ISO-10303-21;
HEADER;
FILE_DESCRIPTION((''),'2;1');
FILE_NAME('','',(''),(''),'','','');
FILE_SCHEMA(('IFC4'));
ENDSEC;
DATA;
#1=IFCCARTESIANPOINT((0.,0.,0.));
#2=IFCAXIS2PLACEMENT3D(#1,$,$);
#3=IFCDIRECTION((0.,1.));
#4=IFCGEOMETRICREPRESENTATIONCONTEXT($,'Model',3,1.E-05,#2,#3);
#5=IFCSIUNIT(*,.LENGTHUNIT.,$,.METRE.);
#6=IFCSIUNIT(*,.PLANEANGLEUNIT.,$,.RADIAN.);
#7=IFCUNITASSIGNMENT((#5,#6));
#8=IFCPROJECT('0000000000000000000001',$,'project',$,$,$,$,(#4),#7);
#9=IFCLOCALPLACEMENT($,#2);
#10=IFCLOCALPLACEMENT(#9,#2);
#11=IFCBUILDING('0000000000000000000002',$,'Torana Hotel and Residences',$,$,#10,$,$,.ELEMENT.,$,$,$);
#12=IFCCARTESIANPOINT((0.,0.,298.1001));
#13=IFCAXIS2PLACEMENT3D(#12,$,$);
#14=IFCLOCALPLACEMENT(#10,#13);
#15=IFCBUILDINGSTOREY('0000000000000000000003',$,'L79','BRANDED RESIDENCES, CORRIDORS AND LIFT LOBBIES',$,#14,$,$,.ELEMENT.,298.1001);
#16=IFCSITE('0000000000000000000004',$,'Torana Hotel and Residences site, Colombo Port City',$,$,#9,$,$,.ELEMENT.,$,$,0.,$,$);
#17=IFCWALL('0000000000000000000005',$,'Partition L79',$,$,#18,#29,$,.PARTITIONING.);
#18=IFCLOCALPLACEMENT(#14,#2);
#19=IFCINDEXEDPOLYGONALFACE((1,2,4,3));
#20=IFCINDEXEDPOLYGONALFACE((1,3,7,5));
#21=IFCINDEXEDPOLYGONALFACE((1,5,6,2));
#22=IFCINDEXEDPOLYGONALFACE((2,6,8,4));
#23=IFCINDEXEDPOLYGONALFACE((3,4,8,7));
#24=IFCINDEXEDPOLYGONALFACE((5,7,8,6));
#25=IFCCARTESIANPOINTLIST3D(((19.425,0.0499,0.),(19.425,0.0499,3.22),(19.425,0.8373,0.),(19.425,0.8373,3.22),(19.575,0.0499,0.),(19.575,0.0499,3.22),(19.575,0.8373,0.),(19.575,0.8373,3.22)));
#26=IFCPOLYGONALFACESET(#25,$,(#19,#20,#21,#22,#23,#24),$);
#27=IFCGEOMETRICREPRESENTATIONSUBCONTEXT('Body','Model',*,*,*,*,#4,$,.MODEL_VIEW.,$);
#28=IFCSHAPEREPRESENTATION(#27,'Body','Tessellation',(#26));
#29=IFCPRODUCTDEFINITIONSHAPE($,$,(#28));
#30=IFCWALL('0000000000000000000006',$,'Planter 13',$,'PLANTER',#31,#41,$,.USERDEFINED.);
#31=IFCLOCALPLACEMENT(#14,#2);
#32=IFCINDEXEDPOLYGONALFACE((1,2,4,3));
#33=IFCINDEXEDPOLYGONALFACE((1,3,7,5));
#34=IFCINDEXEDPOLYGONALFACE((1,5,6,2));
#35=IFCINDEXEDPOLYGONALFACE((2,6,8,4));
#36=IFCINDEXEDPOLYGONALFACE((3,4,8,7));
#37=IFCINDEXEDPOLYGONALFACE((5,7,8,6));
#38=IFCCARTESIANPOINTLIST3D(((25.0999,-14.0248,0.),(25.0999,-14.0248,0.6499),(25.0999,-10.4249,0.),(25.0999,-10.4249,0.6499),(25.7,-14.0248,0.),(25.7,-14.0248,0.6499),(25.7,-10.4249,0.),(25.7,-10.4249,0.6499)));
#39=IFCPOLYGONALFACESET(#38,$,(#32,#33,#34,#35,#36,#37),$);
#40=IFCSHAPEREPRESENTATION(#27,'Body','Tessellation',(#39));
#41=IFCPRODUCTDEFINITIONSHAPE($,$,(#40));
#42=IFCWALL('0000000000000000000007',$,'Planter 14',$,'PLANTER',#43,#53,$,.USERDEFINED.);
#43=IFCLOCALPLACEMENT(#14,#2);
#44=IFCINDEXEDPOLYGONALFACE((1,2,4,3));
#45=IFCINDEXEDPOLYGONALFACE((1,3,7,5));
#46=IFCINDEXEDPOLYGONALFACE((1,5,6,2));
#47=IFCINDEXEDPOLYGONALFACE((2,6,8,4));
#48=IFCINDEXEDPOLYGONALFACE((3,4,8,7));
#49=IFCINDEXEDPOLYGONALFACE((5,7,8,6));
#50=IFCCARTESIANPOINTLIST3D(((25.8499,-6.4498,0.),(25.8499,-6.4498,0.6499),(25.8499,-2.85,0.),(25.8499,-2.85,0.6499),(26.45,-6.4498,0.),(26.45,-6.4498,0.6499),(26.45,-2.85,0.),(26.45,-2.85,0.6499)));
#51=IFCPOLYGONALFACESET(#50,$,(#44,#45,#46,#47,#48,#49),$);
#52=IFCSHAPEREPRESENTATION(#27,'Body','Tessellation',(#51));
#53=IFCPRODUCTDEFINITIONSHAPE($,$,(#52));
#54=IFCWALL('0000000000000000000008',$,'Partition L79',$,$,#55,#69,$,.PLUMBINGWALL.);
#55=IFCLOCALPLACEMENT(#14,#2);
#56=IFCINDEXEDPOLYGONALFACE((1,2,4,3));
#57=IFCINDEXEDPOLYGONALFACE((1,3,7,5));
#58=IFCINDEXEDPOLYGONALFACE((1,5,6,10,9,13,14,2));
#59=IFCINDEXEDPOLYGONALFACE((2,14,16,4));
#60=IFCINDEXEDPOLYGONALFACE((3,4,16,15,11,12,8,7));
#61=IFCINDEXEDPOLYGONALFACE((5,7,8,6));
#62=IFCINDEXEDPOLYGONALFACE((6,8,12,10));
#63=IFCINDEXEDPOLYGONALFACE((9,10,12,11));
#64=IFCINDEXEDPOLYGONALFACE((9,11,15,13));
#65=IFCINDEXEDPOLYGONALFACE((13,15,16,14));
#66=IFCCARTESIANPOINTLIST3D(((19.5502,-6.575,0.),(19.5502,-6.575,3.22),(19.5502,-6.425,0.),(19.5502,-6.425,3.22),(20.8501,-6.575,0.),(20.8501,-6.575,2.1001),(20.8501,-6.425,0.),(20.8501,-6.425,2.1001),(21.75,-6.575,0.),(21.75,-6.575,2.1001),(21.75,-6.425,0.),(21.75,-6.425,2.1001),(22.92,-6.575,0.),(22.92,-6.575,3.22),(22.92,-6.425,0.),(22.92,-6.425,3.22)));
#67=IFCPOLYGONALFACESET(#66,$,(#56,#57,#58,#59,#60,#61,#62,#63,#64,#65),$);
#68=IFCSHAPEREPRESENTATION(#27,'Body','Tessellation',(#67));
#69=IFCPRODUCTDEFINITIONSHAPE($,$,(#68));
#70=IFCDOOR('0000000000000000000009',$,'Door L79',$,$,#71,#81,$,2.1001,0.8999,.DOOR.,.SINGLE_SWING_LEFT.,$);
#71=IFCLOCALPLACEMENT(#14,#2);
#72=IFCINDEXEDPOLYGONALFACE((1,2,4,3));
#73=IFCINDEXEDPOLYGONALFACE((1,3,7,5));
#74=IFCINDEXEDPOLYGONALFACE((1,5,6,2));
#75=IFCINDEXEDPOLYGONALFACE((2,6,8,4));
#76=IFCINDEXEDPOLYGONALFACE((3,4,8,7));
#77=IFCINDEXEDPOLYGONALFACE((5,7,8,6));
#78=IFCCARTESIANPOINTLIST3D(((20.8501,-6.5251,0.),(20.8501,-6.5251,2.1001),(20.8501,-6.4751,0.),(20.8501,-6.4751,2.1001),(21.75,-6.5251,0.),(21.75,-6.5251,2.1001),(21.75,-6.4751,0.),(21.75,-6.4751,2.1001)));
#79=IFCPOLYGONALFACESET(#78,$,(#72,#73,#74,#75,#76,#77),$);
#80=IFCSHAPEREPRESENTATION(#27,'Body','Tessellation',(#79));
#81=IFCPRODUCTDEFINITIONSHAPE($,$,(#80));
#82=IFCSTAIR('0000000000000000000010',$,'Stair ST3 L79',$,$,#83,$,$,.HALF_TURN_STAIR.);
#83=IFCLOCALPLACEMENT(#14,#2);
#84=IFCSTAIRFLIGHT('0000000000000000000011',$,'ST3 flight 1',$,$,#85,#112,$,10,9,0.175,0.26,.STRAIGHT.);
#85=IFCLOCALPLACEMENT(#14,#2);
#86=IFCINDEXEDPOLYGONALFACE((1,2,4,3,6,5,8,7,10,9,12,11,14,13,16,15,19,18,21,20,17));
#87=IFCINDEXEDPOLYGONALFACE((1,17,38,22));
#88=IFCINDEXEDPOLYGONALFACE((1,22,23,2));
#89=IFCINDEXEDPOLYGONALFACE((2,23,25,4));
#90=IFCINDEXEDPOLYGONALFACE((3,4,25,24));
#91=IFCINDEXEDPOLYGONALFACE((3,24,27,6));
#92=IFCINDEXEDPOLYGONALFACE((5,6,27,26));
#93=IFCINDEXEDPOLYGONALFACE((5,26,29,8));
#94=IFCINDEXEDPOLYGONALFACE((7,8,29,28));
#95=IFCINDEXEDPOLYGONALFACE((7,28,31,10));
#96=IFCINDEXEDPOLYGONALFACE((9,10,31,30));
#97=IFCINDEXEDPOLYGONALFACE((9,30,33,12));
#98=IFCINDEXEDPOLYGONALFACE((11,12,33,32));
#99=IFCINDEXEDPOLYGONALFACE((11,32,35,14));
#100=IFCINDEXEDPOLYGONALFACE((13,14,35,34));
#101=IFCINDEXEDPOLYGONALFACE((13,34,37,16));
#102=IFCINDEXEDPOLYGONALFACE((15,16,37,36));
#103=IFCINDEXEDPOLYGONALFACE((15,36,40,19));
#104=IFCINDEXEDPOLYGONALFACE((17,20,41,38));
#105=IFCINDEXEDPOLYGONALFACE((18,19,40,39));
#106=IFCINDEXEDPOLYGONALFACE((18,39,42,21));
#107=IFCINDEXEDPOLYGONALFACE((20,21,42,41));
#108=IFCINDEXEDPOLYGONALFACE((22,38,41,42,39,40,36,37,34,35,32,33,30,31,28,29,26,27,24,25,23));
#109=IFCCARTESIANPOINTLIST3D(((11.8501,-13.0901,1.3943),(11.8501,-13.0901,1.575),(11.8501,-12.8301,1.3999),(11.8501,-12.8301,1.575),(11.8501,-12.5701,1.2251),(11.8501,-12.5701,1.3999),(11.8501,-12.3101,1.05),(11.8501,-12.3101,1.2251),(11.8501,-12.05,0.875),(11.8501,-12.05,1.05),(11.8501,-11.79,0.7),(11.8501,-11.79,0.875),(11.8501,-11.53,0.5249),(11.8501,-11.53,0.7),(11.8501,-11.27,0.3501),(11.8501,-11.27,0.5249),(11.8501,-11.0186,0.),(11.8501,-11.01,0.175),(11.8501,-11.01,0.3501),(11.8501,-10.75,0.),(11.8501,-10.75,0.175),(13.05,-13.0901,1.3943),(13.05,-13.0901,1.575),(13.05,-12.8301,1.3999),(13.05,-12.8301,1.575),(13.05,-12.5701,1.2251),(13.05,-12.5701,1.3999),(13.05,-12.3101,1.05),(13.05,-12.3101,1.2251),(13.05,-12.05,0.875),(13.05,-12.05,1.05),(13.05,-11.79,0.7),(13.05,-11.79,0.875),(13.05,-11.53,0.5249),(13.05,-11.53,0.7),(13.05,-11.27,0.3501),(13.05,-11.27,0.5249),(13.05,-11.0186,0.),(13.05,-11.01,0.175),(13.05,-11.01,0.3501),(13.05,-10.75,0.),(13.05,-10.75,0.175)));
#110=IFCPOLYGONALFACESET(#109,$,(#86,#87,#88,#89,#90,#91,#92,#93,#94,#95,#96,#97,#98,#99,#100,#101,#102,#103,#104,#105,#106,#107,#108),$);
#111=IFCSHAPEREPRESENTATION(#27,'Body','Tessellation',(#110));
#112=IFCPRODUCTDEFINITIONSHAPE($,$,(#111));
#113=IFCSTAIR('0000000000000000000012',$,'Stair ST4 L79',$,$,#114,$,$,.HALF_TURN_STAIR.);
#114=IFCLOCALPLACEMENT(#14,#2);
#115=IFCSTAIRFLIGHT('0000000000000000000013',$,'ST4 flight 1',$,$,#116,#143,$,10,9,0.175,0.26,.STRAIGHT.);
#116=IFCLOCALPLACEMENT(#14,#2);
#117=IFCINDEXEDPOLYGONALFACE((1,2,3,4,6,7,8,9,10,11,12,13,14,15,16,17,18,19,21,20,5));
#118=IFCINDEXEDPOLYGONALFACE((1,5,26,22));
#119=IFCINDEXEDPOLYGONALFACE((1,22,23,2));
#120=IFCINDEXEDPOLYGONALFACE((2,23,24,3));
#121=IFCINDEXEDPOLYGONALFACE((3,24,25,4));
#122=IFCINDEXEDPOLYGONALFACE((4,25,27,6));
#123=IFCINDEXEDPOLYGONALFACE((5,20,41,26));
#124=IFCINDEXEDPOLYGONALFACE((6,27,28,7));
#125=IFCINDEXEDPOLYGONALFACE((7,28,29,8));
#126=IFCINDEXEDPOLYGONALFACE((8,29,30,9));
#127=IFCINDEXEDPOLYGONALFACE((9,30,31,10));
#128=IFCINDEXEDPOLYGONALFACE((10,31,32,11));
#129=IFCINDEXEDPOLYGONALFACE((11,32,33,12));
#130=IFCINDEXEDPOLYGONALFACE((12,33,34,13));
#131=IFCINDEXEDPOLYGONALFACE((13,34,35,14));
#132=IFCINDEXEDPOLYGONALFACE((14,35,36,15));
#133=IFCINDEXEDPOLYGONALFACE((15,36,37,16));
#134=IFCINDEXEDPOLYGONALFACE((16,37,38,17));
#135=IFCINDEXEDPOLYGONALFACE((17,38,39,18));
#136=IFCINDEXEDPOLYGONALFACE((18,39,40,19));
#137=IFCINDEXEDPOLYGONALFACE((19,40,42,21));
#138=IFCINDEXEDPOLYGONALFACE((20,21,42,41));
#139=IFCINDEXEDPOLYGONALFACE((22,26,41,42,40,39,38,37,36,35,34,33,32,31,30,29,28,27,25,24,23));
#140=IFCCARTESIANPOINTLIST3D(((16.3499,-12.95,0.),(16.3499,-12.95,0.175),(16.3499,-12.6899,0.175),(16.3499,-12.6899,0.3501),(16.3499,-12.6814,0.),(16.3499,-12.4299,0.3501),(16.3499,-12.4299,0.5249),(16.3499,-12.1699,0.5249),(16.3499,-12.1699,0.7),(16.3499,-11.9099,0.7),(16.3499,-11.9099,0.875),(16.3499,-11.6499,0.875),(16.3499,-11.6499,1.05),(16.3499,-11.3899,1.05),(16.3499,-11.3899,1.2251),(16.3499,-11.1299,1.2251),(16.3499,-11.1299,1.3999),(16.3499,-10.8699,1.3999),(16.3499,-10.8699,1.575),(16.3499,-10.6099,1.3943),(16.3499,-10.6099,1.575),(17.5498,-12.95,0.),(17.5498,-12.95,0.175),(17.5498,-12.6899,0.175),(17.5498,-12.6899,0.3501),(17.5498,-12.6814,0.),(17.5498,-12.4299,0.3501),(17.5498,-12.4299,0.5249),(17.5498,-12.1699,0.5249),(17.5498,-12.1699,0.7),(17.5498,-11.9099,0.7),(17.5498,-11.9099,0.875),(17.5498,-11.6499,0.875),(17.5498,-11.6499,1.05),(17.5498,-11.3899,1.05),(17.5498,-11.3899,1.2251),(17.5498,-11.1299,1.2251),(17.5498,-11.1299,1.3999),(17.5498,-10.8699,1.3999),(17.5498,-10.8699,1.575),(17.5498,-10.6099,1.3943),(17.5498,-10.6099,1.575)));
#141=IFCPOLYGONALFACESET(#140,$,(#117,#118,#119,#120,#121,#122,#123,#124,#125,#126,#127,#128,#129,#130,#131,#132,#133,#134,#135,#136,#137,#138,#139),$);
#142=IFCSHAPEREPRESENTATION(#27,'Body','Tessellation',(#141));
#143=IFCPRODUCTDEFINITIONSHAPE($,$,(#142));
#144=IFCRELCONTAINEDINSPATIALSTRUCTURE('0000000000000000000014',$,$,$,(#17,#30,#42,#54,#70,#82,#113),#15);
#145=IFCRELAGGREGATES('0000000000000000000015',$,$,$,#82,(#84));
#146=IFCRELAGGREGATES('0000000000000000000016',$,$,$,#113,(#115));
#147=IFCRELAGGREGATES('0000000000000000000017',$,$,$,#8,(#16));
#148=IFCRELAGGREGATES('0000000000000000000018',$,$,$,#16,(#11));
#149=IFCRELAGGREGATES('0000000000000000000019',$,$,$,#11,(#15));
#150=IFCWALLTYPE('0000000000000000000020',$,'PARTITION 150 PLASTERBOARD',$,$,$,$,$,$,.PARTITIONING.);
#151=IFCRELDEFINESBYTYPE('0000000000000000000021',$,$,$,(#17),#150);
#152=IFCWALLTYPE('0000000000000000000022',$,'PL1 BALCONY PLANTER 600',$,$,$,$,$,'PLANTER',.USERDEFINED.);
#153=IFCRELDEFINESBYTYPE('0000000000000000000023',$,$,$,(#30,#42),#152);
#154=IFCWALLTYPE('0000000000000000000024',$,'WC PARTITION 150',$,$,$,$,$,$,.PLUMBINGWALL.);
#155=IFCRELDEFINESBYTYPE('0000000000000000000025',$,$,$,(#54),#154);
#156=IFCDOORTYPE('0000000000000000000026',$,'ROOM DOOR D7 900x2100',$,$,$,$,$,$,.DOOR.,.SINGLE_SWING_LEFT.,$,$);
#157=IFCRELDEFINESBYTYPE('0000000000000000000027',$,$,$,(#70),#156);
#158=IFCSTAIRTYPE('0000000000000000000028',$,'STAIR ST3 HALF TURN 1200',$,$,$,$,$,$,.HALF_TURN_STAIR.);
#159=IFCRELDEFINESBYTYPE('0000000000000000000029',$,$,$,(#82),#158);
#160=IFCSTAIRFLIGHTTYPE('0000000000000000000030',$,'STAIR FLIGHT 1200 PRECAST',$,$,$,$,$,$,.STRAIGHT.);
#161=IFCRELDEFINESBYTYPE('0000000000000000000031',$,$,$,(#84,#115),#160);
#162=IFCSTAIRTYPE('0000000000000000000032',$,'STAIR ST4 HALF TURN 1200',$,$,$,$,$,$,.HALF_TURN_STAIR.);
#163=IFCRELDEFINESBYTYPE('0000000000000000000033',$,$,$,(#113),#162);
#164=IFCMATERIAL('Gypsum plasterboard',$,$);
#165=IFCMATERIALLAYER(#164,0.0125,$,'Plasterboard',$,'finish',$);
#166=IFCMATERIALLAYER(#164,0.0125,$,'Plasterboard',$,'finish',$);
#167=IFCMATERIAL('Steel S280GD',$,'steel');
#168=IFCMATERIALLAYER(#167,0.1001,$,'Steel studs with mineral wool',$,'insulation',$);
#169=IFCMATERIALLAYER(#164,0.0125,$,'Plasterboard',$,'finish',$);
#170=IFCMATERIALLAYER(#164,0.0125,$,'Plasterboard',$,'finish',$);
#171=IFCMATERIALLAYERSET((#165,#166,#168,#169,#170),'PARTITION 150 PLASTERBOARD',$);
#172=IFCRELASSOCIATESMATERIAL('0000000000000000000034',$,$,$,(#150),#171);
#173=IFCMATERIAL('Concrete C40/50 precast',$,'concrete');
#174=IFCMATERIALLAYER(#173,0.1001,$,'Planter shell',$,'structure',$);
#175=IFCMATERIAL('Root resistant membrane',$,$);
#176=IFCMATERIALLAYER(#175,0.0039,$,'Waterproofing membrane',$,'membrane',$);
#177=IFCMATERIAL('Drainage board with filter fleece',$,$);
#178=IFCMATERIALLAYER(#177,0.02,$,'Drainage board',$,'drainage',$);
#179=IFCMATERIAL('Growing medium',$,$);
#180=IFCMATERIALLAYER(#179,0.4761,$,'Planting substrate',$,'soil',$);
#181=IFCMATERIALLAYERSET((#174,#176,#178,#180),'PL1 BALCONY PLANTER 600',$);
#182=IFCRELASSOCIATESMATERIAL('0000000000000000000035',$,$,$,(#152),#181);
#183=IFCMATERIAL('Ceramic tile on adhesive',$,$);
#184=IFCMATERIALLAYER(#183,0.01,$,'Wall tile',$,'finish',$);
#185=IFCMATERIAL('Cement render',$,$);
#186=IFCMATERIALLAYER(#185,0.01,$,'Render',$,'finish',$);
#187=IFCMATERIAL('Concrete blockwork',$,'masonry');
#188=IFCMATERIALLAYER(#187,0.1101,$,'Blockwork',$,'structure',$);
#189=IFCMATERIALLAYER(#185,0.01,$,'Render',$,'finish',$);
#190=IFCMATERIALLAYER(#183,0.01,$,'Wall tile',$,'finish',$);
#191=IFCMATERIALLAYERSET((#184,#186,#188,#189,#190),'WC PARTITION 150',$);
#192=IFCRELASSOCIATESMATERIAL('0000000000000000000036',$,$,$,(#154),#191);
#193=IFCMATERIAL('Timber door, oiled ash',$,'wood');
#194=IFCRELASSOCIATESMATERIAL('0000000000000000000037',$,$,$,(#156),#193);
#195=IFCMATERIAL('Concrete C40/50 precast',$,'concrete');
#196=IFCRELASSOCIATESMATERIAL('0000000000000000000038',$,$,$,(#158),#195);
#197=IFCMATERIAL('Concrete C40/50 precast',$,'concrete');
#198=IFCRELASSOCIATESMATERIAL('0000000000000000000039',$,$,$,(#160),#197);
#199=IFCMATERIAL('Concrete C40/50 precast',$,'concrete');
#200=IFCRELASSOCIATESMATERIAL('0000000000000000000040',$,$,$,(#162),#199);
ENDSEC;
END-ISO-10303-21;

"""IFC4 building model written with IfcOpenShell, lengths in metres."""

from ifc_helpers import new_model, si_unit, direction, frame, frame_2d, origin, place, context, subcontext, project, spatial, polyline, rectangle, outline, extrude, material, layer, layer_set, type_object, element, fill, aggregate, save


model = new_model("IFC4")

# Units and contexts
model_context = context("Model", 3, precision=1e-05, world=origin(), true_north=direction((0.0, 1.0)))
body_context = subcontext(model_context, "Body", "Model", "MODEL_VIEW")
ifc_project = project(units=[si_unit("LENGTHUNIT", "METRE"), si_unit("PLANEANGLEUNIT", "RADIAN")], contexts=[model_context])

# Site, building, storey
site_placement = place(None, origin())
site = spatial("IfcSite", under=ifc_project, at=site_placement, Name="Torana Hotel and Residences site, Colombo Port City", CompositionType="ELEMENT", RefElevation=0.0)
building_placement = place(site_placement, origin())
building = spatial("IfcBuilding", under=site, at=building_placement, Name="Torana Hotel and Residences", CompositionType="ELEMENT")
storey_placement = place(building_placement, frame((0.0, 0.0, 298.1001)))
storey = spatial("IfcBuildingStorey", under=building, at=storey_placement, Name="L79", Description="BRANDED RESIDENCES, CORRIDORS AND LIFT LOBBIES", CompositionType="ELEMENT", Elevation=298.1001)

# Shared definitions
ifc_material_1 = material(Name="Steel S280GD", Category="steel")

# Shared definitions
ifc_material_2 = material(Name="Concrete C40/50 precast", Category="concrete")

# Walls
ifc_material_3 = material(Name="Concrete blockwork", Category="masonry")
ifc_material_4 = material(Name="Gypsum plasterboard")
ifc_layer_1 = layer(ifc_material_4, 0.0125, Name="Plasterboard", Category="finish")
ifc_layer_2 = layer(ifc_material_4, 0.0125, Name="Plasterboard", Category="finish")
ifc_layer_3 = layer(ifc_material_1, 0.1001, Name="Steel studs with mineral wool", Category="insulation")
ifc_layer_4 = layer(ifc_material_4, 0.0125, Name="Plasterboard", Category="finish")
ifc_layer_5 = layer(ifc_material_4, 0.0125, Name="Plasterboard", Category="finish")
ifc_layer_set_1 = layer_set([ifc_layer_1, ifc_layer_2, ifc_layer_3, ifc_layer_4, ifc_layer_5], Name="PARTITION 150 PLASTERBOARD")
wall_type_1 = type_object("IfcWallType", Name="PARTITION 150 PLASTERBOARD", PredefinedType="PARTITIONING", material=ifc_layer_set_1)
wall_1_placement = place(storey_placement, frame((19.5, 0.05, 0.0), z_axis=(0.0, 0.0, 1.0), x_axis=(0.0, 1.0, 0.0)))
element("IfcWall", 1, at=wall_1_placement, inside=storey, type_object=wall_type_1, Name="Partition L79", PredefinedType="PARTITIONING", context=body_context, shape_type="SweptSolid", body=[
    extrude(rectangle(XDim=0.7874, YDim=0.1499, at=frame_2d((0.3936, 0.0))), origin(), (0.0, 0.0, 1.0), 3.22),
])
ifc_layer_6 = layer(ifc_material_2, 0.1001, Name="Planter shell", Category="structure")
ifc_material_5 = material(Name="Root resistant membrane")
ifc_layer_7 = layer(ifc_material_5, 0.0039, Name="Waterproofing membrane", Category="membrane")
ifc_material_6 = material(Name="Drainage board with filter fleece")
ifc_layer_8 = layer(ifc_material_6, 0.02, Name="Drainage board", Category="drainage")
ifc_material_7 = material(Name="Growing medium")
ifc_layer_9 = layer(ifc_material_7, 0.4761, Name="Planting substrate", Category="soil")
ifc_layer_set_2 = layer_set([ifc_layer_6, ifc_layer_7, ifc_layer_8, ifc_layer_9], Name="PL1 BALCONY PLANTER 600")
wall_type_2 = type_object("IfcWallType", Name="PL1 BALCONY PLANTER 600", ElementType="PLANTER", PredefinedType="USERDEFINED", material=ifc_layer_set_2)
for number, where, z_axis, x_axis, name in (
    (2, (25.3999, -10.425, 0.0), (0.0, 0.0, 1.0), (0.0, -1.0, 0.0), "Planter 13"),
    (3, (26.1499, -2.8501, 0.0), (0.0, 0.0, 1.0), (0.0, -1.0, 0.0), "Planter 14"),
):
    element("IfcWall", number, at=place(storey_placement, frame(where, z_axis=z_axis, x_axis=x_axis)), inside=storey, type_object=wall_type_2, Name=name, ObjectType="PLANTER", PredefinedType="USERDEFINED", context=body_context, shape_type="SweptSolid", body=[
        extrude(rectangle(XDim=3.5999, YDim=0.6001, at=frame_2d((1.7998, 0.0))), origin(), (0.0, 0.0, 1.0), 0.6499),
    ])

# Wall, opening, door
ifc_material_8 = material(Name="Ceramic tile on adhesive")
ifc_layer_10 = layer(ifc_material_8, 0.01, Name="Wall tile", Category="finish")
ifc_material_9 = material(Name="Cement render")
ifc_layer_11 = layer(ifc_material_9, 0.01, Name="Render", Category="finish")
ifc_layer_12 = layer(ifc_material_3, 0.1101, Name="Blockwork", Category="structure")
ifc_layer_13 = layer(ifc_material_9, 0.01, Name="Render", Category="finish")
ifc_layer_14 = layer(ifc_material_8, 0.01, Name="Wall tile", Category="finish")
ifc_layer_set_3 = layer_set([ifc_layer_10, ifc_layer_11, ifc_layer_12, ifc_layer_13, ifc_layer_14], Name="WC PARTITION 150")
wall_type_3 = type_object("IfcWallType", Name="WC PARTITION 150", PredefinedType="PLUMBINGWALL", material=ifc_layer_set_3)
wall_2_placement = place(storey_placement, frame((19.55, -6.5, 0.0), z_axis=(0.0, 0.0, 1.0), x_axis=(1.0, 0.0, 0.0)))
wall_2 = element("IfcWall", 4, at=wall_2_placement, inside=storey, type_object=wall_type_3, Name="Partition L79", PredefinedType="PLUMBINGWALL", context=body_context, shape_type="SweptSolid", body=[
    extrude(rectangle(XDim=3.3699, YDim=0.1499, at=frame_2d((1.6851, 0.0))), origin(), (0.0, 0.0, 1.0), 3.22),
])
opening_1_placement = place(wall_2_placement, frame((1.3, 0.0, 0.0)))
opening_1 = element("IfcOpeningElement", 5, at=opening_1_placement, cuts=wall_2, PredefinedType="OPENING", context=body_context, shape_type="SweptSolid", body=[
    extrude(rectangle(XDim=0.8999, YDim=2.1001, at=frame_2d((0.45, 1.05))), frame((0.0, 0.085, 0.0), z_axis=(0.0, -1.0, 0.0), x_axis=(1.0, 0.0, 0.0)), (0.0, 0.0, 1.0), 0.1699),
])
ifc_material_10 = material(Name="Timber door, oiled ash", Category="wood")
door_type = type_object("IfcDoorType", Name="ROOM DOOR D7 900x2100", OperationType="SINGLE_SWING_LEFT", PredefinedType="DOOR", material=ifc_material_10)
door_placement = place(opening_1_placement, origin())
door = element("IfcDoor", 6, at=door_placement, inside=storey, type_object=door_type, Name="Door L79", OperationType="SINGLE_SWING_LEFT", OverallHeight=2.1001, OverallWidth=0.8999, PredefinedType="DOOR", context=body_context, shape_type="SweptSolid", body=[
    extrude(rectangle(XDim=0.8999, YDim=2.1001, at=frame_2d((0.45, 1.05))), frame((0.0, 0.0249, 0.0), z_axis=(0.0, -1.0, 0.0), x_axis=(1.0, 0.0, 0.0)), (0.0, 0.0, 1.0), 0.05),
])
fill(opening_1, door)

# Stair, stair flight
ifc_material_11 = material(Name="Concrete C40/50 precast", Category="concrete")
stair_type_1 = type_object("IfcStairType", Name="STAIR ST3 HALF TURN 1200", PredefinedType="HALF_TURN_STAIR", material=ifc_material_11)
stair_1_placement = place(storey_placement, origin())
stair_1 = element("IfcStair", 7, at=stair_1_placement, inside=storey, type_object=stair_type_1, Name="Stair ST3 L79", PredefinedType="HALF_TURN_STAIR")
ifc_material_12 = material(Name="Concrete C40/50 precast", Category="concrete")
stair_flight_type = type_object("IfcStairFlightType", Name="STAIR FLIGHT 1200 PRECAST", PredefinedType="STRAIGHT", material=ifc_material_12)
stair_flight_1_placement = place(storey_placement, frame((12.45, -10.75, 0.0), z_axis=(0.0, 0.0, 1.0), x_axis=(0.0, -1.0, 0.0)))
stair_flight_1 = element("IfcStairFlight", 8, at=stair_flight_1_placement, type_object=stair_flight_type, Name="ST3 flight 1", NumberOfRisers=10, NumberOfTreads=9, PredefinedType="STRAIGHT", RiserHeight=0.175, TreadLength=0.26, context=body_context, shape_type="SweptSolid", body=[
    extrude(outline(polyline([(0.0, 0.0), (0.0, 0.175), (0.26, 0.175), (0.26, 0.3501), (0.52, 0.3501), (0.52, 0.5249), (0.78, 0.5249), (0.78, 0.7), (1.04, 0.7), (1.04, 0.875), (1.3, 0.875), (1.3, 1.05), (1.5601, 1.05), (1.5601, 1.2251), (1.8201, 1.2251), (1.8201, 1.3999), (2.0801, 1.3999), (2.0801, 1.575), (2.3401, 1.575), (2.3401, 1.75), (2.3401, 1.3943), (0.2686, 0.0), (0.0, 0.0)])), frame((0.0, 0.6001, 0.0), z_axis=(0.0, -1.0, 0.0), x_axis=(1.0, 0.0, 0.0)), (0.0, 0.0, 1.0), 1.2),
])
aggregate(stair_1, [stair_flight_1])

# Stair, stair flight
ifc_material_13 = material(Name="Concrete C40/50 precast", Category="concrete")
stair_type_2 = type_object("IfcStairType", Name="STAIR ST4 HALF TURN 1200", PredefinedType="HALF_TURN_STAIR", material=ifc_material_13)
stair_2_placement = place(storey_placement, origin())
stair_2 = element("IfcStair", 9, at=stair_2_placement, inside=storey, type_object=stair_type_2, Name="Stair ST4 L79", PredefinedType="HALF_TURN_STAIR")
stair_flight_2_placement = place(storey_placement, frame((16.95, -12.95, 0.0), z_axis=(0.0, 0.0, 1.0), x_axis=(0.0, 1.0, 0.0)))
stair_flight_2 = element("IfcStairFlight", 10, at=stair_flight_2_placement, type_object=stair_flight_type, Name="ST4 flight 1", NumberOfRisers=10, NumberOfTreads=9, PredefinedType="STRAIGHT", RiserHeight=0.175, TreadLength=0.26, context=body_context, shape_type="SweptSolid", body=[
    extrude(outline(polyline([(0.0, 0.0), (0.0, 0.175), (0.26, 0.175), (0.26, 0.3501), (0.52, 0.3501), (0.52, 0.5249), (0.78, 0.5249), (0.78, 0.7), (1.04, 0.7), (1.04, 0.875), (1.3, 0.875), (1.3, 1.05), (1.5601, 1.05), (1.5601, 1.2251), (1.8201, 1.2251), (1.8201, 1.3999), (2.0801, 1.3999), (2.0801, 1.575), (2.3401, 1.575), (2.3401, 1.75), (2.3401, 1.3943), (0.2686, 0.0), (0.0, 0.0)])), frame((0.0, 0.6001, 0.0), z_axis=(0.0, -1.0, 0.0), x_axis=(1.0, 0.0, 0.0)), (0.0, 0.0, 1.0), 1.2),
])
aggregate(stair_2, [stair_flight_2])

save(model, "model.ifc")
